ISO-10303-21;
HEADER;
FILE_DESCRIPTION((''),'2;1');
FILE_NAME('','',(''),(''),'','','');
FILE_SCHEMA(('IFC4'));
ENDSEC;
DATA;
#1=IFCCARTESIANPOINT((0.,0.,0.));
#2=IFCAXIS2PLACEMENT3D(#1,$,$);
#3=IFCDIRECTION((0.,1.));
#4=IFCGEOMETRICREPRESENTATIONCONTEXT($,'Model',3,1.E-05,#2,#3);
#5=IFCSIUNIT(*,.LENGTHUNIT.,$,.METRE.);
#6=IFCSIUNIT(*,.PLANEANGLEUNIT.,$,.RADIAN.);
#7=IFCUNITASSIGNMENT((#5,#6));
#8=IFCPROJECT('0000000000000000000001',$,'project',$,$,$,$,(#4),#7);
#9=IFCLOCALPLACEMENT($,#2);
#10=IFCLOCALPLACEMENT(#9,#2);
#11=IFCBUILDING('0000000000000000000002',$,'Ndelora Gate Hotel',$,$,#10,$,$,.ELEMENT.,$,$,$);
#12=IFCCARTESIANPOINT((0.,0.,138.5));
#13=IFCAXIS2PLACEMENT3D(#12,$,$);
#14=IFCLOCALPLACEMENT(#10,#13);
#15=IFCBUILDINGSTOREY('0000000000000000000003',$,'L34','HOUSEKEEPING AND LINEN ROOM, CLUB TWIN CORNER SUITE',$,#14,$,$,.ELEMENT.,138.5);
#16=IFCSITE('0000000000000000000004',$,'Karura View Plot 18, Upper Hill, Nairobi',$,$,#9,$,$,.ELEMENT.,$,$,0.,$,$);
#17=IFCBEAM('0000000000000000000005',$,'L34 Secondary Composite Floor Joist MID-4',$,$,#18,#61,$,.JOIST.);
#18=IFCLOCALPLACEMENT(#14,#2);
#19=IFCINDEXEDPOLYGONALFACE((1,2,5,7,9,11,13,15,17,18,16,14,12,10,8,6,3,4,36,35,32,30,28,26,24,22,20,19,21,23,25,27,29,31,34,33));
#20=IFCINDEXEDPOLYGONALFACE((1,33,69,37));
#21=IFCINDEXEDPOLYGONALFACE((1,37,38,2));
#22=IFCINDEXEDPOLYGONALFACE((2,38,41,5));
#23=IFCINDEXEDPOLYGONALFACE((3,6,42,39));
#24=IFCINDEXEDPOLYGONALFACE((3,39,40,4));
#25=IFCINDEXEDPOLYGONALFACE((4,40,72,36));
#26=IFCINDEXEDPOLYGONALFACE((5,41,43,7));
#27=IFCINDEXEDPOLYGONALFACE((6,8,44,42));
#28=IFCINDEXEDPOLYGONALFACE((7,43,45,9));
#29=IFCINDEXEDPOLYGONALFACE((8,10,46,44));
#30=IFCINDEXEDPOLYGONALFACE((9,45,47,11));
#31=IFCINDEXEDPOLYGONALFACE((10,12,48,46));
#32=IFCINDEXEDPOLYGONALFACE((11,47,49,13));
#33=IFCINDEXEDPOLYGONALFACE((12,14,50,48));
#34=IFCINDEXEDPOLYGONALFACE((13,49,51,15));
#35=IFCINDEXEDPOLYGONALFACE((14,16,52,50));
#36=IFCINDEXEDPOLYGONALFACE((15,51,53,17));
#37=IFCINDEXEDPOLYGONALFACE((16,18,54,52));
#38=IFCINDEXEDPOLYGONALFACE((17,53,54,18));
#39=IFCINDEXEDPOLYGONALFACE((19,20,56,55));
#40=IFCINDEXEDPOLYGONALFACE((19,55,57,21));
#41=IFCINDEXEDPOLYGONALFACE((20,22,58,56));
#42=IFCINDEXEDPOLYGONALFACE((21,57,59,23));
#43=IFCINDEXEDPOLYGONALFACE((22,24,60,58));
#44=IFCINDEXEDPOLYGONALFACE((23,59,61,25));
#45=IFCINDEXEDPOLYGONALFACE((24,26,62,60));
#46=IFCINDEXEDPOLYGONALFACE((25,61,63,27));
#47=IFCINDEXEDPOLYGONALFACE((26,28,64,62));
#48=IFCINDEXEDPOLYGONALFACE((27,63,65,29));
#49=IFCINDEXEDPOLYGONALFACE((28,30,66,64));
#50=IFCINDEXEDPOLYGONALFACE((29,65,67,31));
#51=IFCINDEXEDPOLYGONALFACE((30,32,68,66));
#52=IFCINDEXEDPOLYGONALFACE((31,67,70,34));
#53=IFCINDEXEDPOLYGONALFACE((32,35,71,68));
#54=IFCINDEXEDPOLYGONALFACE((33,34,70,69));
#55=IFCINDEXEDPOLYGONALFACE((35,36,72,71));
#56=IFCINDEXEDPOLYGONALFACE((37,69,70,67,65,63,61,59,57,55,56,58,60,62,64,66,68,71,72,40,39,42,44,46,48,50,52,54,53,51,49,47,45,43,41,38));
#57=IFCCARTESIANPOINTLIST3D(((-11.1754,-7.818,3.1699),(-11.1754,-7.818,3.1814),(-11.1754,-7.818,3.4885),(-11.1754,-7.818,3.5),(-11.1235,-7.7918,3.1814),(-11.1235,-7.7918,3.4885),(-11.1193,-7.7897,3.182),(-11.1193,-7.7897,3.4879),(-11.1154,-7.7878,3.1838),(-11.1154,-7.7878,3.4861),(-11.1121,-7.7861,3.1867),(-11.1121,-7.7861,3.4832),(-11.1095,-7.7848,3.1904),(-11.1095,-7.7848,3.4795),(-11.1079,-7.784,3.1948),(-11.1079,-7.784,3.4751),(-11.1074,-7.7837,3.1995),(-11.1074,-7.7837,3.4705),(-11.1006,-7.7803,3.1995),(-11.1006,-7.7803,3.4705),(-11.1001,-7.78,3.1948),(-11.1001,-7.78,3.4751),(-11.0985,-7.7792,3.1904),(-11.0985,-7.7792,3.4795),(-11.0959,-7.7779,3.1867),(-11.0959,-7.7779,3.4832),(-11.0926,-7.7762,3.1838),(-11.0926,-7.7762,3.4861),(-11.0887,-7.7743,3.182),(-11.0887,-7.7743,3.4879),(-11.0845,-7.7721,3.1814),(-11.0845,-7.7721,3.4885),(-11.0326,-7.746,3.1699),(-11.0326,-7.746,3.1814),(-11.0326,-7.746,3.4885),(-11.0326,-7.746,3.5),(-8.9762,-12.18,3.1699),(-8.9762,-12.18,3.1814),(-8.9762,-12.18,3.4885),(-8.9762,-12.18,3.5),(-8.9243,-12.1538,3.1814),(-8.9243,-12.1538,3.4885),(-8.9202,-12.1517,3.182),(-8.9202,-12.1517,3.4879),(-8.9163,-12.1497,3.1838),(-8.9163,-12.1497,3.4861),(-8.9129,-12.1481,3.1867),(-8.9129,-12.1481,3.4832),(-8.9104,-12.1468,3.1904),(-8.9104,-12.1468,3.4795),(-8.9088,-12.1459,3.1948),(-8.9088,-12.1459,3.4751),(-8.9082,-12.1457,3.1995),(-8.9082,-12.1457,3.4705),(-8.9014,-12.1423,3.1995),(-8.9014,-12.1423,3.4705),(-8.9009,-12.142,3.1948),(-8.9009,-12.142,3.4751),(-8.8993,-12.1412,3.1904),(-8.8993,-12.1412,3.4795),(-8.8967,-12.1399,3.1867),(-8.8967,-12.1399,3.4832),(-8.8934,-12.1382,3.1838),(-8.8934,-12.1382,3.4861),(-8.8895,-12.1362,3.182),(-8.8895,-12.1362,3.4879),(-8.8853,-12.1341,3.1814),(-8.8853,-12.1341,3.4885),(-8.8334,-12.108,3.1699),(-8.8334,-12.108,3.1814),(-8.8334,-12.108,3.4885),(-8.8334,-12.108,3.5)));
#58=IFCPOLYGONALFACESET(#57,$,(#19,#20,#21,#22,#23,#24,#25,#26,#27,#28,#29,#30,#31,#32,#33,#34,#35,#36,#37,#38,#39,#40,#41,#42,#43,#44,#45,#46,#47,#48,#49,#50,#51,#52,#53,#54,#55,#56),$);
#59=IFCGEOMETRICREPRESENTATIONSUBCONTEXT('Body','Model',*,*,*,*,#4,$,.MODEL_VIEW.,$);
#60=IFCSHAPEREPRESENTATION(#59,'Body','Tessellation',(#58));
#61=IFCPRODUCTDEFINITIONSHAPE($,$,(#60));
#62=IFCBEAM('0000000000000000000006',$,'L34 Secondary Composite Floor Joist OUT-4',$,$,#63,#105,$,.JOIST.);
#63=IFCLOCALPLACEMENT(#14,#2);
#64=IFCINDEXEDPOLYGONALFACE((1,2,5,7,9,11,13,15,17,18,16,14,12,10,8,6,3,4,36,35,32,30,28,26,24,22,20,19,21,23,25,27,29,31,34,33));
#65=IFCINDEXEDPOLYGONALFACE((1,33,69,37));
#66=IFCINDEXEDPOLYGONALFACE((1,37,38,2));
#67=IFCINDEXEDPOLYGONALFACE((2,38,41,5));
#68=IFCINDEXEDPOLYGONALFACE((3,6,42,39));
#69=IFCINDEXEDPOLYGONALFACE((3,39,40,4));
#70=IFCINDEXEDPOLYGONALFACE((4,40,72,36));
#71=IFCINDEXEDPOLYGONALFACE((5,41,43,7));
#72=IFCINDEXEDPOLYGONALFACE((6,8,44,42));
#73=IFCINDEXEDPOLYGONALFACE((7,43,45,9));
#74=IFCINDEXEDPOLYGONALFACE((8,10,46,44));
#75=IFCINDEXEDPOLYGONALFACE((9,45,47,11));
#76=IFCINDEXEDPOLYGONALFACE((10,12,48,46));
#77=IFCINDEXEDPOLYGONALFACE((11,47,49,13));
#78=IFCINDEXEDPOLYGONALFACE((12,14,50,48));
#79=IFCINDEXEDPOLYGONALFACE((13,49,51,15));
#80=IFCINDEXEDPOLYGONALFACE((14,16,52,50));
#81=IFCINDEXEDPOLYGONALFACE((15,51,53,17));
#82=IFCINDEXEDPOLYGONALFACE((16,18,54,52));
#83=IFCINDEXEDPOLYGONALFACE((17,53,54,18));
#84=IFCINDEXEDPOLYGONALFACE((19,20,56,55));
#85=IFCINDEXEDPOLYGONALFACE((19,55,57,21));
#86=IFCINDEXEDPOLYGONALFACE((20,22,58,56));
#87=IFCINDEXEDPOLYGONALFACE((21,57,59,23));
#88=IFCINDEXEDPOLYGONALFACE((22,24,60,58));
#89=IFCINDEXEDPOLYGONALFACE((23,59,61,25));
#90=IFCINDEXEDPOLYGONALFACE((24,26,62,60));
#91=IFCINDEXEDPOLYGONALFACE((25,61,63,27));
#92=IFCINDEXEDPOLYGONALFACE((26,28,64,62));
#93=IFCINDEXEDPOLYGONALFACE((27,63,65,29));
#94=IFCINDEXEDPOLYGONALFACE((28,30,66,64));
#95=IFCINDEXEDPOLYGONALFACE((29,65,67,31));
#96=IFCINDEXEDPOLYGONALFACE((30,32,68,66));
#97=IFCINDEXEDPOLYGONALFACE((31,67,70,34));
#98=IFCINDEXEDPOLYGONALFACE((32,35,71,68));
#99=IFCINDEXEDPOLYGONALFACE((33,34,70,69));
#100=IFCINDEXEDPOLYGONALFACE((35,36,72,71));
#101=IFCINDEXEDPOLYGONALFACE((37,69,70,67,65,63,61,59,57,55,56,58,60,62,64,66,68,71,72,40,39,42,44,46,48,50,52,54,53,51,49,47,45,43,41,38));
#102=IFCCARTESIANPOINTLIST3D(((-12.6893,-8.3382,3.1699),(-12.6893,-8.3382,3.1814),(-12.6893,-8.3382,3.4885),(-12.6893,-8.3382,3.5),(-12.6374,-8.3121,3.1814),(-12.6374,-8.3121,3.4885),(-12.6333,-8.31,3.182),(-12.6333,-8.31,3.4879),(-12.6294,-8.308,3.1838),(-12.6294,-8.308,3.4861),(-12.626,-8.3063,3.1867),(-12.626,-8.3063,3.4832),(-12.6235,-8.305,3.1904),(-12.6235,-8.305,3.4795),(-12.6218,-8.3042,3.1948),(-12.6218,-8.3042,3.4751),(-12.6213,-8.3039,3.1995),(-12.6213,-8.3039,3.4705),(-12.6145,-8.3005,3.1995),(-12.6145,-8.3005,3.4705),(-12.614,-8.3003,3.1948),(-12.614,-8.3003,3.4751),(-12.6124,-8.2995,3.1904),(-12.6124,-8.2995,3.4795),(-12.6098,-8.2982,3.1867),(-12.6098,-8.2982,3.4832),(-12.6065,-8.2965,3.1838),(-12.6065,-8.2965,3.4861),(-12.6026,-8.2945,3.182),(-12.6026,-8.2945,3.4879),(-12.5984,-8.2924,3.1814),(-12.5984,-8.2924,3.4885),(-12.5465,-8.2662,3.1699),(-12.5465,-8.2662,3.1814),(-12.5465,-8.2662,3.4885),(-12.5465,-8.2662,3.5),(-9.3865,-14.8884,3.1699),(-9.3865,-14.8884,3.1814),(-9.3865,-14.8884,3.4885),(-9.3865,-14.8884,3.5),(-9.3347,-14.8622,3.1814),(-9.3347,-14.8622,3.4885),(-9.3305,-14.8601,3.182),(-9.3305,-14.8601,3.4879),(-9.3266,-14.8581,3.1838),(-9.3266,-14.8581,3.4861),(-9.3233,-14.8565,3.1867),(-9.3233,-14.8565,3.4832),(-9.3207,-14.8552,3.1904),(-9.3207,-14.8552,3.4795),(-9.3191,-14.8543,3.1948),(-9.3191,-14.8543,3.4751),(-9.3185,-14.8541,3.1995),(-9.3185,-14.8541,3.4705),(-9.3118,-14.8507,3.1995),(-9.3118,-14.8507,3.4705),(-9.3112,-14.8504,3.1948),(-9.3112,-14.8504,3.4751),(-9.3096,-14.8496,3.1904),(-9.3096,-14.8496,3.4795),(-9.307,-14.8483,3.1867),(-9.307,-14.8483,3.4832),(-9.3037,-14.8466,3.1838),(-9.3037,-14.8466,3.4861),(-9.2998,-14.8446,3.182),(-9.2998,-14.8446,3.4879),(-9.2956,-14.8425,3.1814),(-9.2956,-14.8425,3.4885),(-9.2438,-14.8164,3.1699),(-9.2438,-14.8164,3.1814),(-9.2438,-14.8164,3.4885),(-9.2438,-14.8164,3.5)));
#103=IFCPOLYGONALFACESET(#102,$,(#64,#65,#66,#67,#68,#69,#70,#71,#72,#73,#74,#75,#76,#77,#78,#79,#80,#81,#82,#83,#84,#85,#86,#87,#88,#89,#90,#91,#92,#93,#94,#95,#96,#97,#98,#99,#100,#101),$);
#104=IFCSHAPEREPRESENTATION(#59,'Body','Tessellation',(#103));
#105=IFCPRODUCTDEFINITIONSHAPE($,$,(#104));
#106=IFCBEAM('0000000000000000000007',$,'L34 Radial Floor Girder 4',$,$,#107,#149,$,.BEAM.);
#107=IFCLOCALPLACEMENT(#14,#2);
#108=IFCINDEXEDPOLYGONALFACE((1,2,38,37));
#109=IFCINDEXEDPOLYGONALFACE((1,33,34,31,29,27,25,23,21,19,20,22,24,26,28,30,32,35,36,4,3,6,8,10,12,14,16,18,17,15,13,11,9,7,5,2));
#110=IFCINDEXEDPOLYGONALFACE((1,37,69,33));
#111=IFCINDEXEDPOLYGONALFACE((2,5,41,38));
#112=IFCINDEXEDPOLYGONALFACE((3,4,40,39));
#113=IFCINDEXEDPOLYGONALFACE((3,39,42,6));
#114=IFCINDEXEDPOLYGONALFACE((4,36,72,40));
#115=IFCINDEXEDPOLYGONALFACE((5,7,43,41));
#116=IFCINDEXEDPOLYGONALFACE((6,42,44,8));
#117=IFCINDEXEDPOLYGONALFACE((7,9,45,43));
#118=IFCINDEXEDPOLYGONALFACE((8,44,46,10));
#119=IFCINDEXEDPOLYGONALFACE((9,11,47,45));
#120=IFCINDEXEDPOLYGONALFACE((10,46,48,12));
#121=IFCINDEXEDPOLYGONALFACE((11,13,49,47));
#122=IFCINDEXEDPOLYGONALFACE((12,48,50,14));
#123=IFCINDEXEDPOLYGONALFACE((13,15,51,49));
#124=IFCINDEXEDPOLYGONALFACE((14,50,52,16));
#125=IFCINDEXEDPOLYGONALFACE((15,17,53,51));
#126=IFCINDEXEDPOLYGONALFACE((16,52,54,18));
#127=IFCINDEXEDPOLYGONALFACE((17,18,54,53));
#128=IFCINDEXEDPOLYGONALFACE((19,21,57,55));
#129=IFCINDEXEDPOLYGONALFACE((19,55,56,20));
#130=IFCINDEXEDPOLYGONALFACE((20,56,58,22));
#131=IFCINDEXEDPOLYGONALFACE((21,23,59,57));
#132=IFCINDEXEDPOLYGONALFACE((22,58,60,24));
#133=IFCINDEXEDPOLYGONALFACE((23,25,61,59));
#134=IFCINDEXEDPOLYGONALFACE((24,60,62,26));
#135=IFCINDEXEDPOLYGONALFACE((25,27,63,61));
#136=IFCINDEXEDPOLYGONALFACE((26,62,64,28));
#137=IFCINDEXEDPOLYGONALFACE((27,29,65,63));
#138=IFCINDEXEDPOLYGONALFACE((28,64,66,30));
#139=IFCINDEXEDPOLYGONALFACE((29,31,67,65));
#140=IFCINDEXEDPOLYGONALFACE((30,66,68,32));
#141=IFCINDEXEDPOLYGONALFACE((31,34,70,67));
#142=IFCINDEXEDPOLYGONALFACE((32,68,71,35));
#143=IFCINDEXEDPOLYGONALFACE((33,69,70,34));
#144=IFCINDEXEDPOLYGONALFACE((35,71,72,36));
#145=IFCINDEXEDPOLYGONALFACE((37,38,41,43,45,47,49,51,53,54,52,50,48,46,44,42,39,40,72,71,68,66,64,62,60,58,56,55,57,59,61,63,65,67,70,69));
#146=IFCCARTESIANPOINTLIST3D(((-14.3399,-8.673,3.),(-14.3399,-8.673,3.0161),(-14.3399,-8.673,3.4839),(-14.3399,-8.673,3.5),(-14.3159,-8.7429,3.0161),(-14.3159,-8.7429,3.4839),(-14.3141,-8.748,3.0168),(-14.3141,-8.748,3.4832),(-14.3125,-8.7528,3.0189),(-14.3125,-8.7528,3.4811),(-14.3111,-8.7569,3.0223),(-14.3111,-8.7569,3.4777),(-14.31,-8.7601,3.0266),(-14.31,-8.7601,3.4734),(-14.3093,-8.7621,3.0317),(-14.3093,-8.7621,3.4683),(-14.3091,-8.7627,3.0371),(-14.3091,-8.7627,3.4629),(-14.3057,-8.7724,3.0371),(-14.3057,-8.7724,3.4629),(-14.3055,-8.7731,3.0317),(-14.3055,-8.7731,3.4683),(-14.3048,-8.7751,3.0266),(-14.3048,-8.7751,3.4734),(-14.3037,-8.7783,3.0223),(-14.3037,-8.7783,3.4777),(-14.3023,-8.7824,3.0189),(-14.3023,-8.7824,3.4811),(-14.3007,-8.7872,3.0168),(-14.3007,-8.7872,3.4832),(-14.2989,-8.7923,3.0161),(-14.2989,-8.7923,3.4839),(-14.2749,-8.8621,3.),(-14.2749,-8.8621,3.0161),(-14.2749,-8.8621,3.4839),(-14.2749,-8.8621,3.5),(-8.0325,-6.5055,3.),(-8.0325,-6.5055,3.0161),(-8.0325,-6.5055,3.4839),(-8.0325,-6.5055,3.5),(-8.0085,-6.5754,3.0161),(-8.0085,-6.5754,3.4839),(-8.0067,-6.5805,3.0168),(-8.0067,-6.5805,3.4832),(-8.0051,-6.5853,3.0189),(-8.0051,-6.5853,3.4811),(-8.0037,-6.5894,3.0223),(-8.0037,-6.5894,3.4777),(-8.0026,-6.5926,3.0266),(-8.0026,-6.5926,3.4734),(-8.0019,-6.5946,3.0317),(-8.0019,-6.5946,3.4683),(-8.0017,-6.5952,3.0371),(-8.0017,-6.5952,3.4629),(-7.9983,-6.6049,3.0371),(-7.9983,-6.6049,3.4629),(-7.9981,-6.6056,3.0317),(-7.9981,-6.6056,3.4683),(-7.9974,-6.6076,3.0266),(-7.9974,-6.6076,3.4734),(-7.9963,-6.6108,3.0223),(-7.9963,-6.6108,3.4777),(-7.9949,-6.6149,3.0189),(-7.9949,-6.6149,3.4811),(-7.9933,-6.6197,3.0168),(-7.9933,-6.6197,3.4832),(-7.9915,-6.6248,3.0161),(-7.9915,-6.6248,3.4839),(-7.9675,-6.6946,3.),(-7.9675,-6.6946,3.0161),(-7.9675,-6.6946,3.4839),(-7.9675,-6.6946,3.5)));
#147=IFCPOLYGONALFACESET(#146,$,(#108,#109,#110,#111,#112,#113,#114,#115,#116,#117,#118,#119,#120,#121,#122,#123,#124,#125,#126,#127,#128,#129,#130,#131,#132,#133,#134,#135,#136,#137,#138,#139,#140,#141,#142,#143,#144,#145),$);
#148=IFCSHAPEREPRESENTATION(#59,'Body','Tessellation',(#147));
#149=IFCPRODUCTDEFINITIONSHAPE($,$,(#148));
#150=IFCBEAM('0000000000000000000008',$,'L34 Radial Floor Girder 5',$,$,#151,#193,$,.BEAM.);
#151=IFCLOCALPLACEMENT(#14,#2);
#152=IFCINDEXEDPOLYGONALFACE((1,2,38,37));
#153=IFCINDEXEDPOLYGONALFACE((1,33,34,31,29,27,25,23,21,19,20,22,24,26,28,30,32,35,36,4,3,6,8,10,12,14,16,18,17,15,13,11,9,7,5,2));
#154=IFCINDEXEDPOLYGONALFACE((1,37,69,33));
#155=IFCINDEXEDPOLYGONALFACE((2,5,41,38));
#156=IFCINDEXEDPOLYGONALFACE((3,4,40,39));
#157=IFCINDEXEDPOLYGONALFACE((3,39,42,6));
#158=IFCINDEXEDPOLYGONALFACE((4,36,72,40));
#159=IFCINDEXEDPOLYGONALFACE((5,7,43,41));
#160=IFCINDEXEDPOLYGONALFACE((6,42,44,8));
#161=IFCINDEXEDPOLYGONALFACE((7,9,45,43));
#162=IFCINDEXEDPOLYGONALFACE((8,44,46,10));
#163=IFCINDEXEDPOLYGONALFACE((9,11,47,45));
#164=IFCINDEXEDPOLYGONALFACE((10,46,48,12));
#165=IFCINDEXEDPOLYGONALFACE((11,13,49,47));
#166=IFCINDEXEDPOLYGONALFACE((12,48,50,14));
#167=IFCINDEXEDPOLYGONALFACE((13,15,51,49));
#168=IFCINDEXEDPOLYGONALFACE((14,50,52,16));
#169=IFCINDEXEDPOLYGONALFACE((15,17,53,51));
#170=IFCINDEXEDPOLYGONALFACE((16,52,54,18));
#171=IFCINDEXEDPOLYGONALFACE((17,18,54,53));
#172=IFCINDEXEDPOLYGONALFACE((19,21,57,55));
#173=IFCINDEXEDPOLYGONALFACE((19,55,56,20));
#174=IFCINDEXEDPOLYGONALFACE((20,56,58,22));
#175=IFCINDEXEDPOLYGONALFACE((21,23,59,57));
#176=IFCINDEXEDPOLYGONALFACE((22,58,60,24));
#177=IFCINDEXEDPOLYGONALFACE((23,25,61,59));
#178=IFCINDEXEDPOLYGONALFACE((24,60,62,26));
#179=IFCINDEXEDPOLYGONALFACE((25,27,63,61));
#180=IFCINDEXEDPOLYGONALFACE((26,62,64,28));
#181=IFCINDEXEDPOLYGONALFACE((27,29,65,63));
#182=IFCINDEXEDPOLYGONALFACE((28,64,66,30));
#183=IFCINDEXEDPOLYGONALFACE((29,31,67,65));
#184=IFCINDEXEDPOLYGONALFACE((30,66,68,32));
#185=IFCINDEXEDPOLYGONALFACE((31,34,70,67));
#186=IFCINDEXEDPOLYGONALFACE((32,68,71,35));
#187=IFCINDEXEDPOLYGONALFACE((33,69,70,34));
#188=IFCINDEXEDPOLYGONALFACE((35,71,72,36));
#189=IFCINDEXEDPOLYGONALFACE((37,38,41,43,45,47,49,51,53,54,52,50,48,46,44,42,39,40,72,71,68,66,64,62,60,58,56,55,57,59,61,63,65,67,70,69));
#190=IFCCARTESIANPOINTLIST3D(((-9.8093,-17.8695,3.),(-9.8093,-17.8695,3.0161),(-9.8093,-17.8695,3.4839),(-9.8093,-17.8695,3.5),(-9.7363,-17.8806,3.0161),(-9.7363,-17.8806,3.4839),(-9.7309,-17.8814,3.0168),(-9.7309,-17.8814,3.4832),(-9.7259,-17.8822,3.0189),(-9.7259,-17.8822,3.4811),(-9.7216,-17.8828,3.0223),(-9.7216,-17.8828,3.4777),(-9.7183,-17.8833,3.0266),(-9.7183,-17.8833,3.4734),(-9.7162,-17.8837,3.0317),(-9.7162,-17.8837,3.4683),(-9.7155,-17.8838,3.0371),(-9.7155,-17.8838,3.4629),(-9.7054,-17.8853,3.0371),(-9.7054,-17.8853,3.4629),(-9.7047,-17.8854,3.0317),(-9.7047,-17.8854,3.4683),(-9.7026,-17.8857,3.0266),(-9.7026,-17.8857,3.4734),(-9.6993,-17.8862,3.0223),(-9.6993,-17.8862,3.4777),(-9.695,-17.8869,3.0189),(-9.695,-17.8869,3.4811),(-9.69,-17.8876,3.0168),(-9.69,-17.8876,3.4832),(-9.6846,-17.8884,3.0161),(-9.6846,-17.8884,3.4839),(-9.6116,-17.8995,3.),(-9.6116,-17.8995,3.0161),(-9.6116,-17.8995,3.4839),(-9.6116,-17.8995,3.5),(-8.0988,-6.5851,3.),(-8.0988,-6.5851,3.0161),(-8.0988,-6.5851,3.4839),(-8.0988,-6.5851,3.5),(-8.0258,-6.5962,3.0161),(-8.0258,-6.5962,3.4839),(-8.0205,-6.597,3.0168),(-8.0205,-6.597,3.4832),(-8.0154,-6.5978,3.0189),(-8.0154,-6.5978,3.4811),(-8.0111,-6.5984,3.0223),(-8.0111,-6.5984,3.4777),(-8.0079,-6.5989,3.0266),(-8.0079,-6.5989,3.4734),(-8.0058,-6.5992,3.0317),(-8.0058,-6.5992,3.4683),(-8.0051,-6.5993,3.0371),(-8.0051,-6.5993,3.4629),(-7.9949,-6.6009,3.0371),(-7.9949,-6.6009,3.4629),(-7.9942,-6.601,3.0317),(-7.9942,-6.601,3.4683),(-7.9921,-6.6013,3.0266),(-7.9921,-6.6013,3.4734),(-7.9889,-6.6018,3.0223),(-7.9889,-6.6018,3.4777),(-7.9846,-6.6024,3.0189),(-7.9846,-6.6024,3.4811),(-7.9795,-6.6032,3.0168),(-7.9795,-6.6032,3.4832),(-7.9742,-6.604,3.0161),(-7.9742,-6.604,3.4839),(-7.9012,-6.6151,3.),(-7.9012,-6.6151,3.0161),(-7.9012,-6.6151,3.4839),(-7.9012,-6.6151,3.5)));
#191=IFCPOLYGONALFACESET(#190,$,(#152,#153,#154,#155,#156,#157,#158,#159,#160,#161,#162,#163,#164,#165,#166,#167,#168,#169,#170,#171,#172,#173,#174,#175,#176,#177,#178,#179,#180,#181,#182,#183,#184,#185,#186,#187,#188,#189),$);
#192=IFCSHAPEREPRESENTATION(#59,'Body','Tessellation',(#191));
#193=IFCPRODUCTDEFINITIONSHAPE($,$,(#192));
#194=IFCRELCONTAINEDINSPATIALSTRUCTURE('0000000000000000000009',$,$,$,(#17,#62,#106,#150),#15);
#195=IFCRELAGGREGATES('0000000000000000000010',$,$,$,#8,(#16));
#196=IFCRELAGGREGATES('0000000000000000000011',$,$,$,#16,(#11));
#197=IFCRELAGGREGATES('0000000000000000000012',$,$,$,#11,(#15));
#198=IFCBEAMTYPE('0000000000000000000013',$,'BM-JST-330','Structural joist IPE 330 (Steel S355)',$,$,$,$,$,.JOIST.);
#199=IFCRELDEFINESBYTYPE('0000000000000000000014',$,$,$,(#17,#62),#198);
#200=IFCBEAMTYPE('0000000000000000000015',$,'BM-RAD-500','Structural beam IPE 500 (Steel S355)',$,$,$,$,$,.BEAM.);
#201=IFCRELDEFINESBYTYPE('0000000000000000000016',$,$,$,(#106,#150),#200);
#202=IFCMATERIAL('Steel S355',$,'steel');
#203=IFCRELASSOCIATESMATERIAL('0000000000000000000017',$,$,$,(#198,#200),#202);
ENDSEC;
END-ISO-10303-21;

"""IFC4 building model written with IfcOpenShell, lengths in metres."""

from ifc_helpers import new_model, si_unit, direction, frame, origin, origin_2d, place, context, subcontext, project, spatial, i_section, extrude, material, material_profile, profile_set, type_object, element, save


model = new_model("IFC4")

# Units and contexts
model_context = context("Model", 3, precision=1e-05, world=origin(), true_north=direction((0.0, 1.0)))
body_context = subcontext(model_context, "Body", "Model", "MODEL_VIEW")
ifc_project = project(units=[si_unit("LENGTHUNIT", "METRE"), si_unit("PLANEANGLEUNIT", "RADIAN")], contexts=[model_context])

# Site, building, storey
site_placement = place(None, origin())
site = spatial("IfcSite", under=ifc_project, at=site_placement, Name="Karura View Plot 18, Upper Hill, Nairobi", CompositionType="ELEMENT", RefElevation=0.0)
building_placement = place(site_placement, origin())
building = spatial("IfcBuilding", under=site, at=building_placement, Name="Ndelora Gate Hotel", CompositionType="ELEMENT")
storey_placement = place(building_placement, frame((0.0, 0.0, 138.5)))
storey = spatial("IfcBuildingStorey", under=building, at=storey_placement, Name="L34", Description="HOUSEKEEPING AND LINEN ROOM, CLUB TWIN CORNER SUITE", CompositionType="ELEMENT", Elevation=138.5)

# Beams
ifc_material_1 = material(Name="Steel S355", Category="steel")
ifc_material_profile_1 = material_profile(ifc_material_1, i_section(OverallWidth=0.1599, OverallDepth=0.3301, WebThickness=0.0076, FlangeThickness=0.0115, FilletRadius=0.0181, at=origin_2d()), Name="IPE 330")
ifc_profile_set_1 = profile_set([ifc_material_profile_1], Name="Steel S355")
beam_type_1 = type_object("IfcBeamType", Name="BM-JST-330", Description="Structural joist IPE 330 (Steel S355)", PredefinedType="JOIST", material=ifc_profile_set_1)
beam_1_placement = place(storey_placement, frame((-11.104, -7.782, 3.335), z_axis=(0.45019, -0.892933, 0.0), x_axis=(0.892933, 0.45019, 0.0)))
element("IfcBeam", 1, at=beam_1_placement, inside=storey, type_object=beam_type_1, Name="L34 Secondary Composite Floor Joist MID-4", PredefinedType="JOIST", context=body_context, shape_type="SweptSolid", body=[
    extrude(i_section(OverallWidth=0.1599, OverallDepth=0.3301, WebThickness=0.0076, FlangeThickness=0.0115, FilletRadius=0.0181, at=origin_2d()), origin(), (0.0, 0.0, 1.0), 4.885),
])
beam_2_placement = place(storey_placement, frame((-12.6179, -8.3022, 3.335), z_axis=(0.450233, -0.892911, 0.0), x_axis=(0.892911, 0.450233, 0.0)))
element("IfcBeam", 2, at=beam_2_placement, inside=storey, type_object=beam_type_1, Name="L34 Secondary Composite Floor Joist OUT-4", PredefinedType="JOIST", context=body_context, shape_type="SweptSolid", body=[
    extrude(i_section(OverallWidth=0.1599, OverallDepth=0.3301, WebThickness=0.0076, FlangeThickness=0.0115, FilletRadius=0.0181, at=origin_2d()), origin(), (0.0, 0.0, 1.0), 7.3357),
])
ifc_material_profile_2 = material_profile(ifc_material_1, i_section(OverallWidth=0.2, OverallDepth=0.5, WebThickness=0.0103, FlangeThickness=0.0161, FilletRadius=0.021, at=origin_2d()), Name="IPE 500")
ifc_profile_set_2 = profile_set([ifc_material_profile_2], Name="Steel S355")
beam_type_2 = type_object("IfcBeamType", Name="BM-RAD-500", Description="Structural beam IPE 500 (Steel S355)", PredefinedType="BEAM", material=ifc_profile_set_2)
beam_3_placement = place(storey_placement, frame((-8.0, -6.6001, 3.25), z_axis=(-0.945718, -0.324989, 0.0), x_axis=(0.324989, -0.945718, 0.0)))
element("IfcBeam", 3, at=beam_3_placement, inside=storey, type_object=beam_type_2, Name="L34 Radial Floor Girder 4", PredefinedType="BEAM", context=body_context, shape_type="SweptSolid", body=[
    extrude(i_section(OverallWidth=0.2, OverallDepth=0.5, WebThickness=0.0103, FlangeThickness=0.0161, FilletRadius=0.021, at=origin_2d()), origin(), (0.0, 0.0, 1.0), 6.6694),
])
beam_4_placement = place(storey_placement, frame((-8.0, -6.6001, 3.25), z_axis=(-0.149864, -0.988707, 0.0), x_axis=(0.988707, -0.149864, 0.0)))
element("IfcBeam", 4, at=beam_4_placement, inside=storey, type_object=beam_type_2, Name="L34 Radial Floor Girder 5", PredefinedType="BEAM", context=body_context, shape_type="SweptSolid", body=[
    extrude(i_section(OverallWidth=0.2, OverallDepth=0.5, WebThickness=0.0103, FlangeThickness=0.0161, FilletRadius=0.021, at=origin_2d()), origin(), (0.0, 0.0, 1.0), 11.4133),
])

save(model, "model.ifc")
